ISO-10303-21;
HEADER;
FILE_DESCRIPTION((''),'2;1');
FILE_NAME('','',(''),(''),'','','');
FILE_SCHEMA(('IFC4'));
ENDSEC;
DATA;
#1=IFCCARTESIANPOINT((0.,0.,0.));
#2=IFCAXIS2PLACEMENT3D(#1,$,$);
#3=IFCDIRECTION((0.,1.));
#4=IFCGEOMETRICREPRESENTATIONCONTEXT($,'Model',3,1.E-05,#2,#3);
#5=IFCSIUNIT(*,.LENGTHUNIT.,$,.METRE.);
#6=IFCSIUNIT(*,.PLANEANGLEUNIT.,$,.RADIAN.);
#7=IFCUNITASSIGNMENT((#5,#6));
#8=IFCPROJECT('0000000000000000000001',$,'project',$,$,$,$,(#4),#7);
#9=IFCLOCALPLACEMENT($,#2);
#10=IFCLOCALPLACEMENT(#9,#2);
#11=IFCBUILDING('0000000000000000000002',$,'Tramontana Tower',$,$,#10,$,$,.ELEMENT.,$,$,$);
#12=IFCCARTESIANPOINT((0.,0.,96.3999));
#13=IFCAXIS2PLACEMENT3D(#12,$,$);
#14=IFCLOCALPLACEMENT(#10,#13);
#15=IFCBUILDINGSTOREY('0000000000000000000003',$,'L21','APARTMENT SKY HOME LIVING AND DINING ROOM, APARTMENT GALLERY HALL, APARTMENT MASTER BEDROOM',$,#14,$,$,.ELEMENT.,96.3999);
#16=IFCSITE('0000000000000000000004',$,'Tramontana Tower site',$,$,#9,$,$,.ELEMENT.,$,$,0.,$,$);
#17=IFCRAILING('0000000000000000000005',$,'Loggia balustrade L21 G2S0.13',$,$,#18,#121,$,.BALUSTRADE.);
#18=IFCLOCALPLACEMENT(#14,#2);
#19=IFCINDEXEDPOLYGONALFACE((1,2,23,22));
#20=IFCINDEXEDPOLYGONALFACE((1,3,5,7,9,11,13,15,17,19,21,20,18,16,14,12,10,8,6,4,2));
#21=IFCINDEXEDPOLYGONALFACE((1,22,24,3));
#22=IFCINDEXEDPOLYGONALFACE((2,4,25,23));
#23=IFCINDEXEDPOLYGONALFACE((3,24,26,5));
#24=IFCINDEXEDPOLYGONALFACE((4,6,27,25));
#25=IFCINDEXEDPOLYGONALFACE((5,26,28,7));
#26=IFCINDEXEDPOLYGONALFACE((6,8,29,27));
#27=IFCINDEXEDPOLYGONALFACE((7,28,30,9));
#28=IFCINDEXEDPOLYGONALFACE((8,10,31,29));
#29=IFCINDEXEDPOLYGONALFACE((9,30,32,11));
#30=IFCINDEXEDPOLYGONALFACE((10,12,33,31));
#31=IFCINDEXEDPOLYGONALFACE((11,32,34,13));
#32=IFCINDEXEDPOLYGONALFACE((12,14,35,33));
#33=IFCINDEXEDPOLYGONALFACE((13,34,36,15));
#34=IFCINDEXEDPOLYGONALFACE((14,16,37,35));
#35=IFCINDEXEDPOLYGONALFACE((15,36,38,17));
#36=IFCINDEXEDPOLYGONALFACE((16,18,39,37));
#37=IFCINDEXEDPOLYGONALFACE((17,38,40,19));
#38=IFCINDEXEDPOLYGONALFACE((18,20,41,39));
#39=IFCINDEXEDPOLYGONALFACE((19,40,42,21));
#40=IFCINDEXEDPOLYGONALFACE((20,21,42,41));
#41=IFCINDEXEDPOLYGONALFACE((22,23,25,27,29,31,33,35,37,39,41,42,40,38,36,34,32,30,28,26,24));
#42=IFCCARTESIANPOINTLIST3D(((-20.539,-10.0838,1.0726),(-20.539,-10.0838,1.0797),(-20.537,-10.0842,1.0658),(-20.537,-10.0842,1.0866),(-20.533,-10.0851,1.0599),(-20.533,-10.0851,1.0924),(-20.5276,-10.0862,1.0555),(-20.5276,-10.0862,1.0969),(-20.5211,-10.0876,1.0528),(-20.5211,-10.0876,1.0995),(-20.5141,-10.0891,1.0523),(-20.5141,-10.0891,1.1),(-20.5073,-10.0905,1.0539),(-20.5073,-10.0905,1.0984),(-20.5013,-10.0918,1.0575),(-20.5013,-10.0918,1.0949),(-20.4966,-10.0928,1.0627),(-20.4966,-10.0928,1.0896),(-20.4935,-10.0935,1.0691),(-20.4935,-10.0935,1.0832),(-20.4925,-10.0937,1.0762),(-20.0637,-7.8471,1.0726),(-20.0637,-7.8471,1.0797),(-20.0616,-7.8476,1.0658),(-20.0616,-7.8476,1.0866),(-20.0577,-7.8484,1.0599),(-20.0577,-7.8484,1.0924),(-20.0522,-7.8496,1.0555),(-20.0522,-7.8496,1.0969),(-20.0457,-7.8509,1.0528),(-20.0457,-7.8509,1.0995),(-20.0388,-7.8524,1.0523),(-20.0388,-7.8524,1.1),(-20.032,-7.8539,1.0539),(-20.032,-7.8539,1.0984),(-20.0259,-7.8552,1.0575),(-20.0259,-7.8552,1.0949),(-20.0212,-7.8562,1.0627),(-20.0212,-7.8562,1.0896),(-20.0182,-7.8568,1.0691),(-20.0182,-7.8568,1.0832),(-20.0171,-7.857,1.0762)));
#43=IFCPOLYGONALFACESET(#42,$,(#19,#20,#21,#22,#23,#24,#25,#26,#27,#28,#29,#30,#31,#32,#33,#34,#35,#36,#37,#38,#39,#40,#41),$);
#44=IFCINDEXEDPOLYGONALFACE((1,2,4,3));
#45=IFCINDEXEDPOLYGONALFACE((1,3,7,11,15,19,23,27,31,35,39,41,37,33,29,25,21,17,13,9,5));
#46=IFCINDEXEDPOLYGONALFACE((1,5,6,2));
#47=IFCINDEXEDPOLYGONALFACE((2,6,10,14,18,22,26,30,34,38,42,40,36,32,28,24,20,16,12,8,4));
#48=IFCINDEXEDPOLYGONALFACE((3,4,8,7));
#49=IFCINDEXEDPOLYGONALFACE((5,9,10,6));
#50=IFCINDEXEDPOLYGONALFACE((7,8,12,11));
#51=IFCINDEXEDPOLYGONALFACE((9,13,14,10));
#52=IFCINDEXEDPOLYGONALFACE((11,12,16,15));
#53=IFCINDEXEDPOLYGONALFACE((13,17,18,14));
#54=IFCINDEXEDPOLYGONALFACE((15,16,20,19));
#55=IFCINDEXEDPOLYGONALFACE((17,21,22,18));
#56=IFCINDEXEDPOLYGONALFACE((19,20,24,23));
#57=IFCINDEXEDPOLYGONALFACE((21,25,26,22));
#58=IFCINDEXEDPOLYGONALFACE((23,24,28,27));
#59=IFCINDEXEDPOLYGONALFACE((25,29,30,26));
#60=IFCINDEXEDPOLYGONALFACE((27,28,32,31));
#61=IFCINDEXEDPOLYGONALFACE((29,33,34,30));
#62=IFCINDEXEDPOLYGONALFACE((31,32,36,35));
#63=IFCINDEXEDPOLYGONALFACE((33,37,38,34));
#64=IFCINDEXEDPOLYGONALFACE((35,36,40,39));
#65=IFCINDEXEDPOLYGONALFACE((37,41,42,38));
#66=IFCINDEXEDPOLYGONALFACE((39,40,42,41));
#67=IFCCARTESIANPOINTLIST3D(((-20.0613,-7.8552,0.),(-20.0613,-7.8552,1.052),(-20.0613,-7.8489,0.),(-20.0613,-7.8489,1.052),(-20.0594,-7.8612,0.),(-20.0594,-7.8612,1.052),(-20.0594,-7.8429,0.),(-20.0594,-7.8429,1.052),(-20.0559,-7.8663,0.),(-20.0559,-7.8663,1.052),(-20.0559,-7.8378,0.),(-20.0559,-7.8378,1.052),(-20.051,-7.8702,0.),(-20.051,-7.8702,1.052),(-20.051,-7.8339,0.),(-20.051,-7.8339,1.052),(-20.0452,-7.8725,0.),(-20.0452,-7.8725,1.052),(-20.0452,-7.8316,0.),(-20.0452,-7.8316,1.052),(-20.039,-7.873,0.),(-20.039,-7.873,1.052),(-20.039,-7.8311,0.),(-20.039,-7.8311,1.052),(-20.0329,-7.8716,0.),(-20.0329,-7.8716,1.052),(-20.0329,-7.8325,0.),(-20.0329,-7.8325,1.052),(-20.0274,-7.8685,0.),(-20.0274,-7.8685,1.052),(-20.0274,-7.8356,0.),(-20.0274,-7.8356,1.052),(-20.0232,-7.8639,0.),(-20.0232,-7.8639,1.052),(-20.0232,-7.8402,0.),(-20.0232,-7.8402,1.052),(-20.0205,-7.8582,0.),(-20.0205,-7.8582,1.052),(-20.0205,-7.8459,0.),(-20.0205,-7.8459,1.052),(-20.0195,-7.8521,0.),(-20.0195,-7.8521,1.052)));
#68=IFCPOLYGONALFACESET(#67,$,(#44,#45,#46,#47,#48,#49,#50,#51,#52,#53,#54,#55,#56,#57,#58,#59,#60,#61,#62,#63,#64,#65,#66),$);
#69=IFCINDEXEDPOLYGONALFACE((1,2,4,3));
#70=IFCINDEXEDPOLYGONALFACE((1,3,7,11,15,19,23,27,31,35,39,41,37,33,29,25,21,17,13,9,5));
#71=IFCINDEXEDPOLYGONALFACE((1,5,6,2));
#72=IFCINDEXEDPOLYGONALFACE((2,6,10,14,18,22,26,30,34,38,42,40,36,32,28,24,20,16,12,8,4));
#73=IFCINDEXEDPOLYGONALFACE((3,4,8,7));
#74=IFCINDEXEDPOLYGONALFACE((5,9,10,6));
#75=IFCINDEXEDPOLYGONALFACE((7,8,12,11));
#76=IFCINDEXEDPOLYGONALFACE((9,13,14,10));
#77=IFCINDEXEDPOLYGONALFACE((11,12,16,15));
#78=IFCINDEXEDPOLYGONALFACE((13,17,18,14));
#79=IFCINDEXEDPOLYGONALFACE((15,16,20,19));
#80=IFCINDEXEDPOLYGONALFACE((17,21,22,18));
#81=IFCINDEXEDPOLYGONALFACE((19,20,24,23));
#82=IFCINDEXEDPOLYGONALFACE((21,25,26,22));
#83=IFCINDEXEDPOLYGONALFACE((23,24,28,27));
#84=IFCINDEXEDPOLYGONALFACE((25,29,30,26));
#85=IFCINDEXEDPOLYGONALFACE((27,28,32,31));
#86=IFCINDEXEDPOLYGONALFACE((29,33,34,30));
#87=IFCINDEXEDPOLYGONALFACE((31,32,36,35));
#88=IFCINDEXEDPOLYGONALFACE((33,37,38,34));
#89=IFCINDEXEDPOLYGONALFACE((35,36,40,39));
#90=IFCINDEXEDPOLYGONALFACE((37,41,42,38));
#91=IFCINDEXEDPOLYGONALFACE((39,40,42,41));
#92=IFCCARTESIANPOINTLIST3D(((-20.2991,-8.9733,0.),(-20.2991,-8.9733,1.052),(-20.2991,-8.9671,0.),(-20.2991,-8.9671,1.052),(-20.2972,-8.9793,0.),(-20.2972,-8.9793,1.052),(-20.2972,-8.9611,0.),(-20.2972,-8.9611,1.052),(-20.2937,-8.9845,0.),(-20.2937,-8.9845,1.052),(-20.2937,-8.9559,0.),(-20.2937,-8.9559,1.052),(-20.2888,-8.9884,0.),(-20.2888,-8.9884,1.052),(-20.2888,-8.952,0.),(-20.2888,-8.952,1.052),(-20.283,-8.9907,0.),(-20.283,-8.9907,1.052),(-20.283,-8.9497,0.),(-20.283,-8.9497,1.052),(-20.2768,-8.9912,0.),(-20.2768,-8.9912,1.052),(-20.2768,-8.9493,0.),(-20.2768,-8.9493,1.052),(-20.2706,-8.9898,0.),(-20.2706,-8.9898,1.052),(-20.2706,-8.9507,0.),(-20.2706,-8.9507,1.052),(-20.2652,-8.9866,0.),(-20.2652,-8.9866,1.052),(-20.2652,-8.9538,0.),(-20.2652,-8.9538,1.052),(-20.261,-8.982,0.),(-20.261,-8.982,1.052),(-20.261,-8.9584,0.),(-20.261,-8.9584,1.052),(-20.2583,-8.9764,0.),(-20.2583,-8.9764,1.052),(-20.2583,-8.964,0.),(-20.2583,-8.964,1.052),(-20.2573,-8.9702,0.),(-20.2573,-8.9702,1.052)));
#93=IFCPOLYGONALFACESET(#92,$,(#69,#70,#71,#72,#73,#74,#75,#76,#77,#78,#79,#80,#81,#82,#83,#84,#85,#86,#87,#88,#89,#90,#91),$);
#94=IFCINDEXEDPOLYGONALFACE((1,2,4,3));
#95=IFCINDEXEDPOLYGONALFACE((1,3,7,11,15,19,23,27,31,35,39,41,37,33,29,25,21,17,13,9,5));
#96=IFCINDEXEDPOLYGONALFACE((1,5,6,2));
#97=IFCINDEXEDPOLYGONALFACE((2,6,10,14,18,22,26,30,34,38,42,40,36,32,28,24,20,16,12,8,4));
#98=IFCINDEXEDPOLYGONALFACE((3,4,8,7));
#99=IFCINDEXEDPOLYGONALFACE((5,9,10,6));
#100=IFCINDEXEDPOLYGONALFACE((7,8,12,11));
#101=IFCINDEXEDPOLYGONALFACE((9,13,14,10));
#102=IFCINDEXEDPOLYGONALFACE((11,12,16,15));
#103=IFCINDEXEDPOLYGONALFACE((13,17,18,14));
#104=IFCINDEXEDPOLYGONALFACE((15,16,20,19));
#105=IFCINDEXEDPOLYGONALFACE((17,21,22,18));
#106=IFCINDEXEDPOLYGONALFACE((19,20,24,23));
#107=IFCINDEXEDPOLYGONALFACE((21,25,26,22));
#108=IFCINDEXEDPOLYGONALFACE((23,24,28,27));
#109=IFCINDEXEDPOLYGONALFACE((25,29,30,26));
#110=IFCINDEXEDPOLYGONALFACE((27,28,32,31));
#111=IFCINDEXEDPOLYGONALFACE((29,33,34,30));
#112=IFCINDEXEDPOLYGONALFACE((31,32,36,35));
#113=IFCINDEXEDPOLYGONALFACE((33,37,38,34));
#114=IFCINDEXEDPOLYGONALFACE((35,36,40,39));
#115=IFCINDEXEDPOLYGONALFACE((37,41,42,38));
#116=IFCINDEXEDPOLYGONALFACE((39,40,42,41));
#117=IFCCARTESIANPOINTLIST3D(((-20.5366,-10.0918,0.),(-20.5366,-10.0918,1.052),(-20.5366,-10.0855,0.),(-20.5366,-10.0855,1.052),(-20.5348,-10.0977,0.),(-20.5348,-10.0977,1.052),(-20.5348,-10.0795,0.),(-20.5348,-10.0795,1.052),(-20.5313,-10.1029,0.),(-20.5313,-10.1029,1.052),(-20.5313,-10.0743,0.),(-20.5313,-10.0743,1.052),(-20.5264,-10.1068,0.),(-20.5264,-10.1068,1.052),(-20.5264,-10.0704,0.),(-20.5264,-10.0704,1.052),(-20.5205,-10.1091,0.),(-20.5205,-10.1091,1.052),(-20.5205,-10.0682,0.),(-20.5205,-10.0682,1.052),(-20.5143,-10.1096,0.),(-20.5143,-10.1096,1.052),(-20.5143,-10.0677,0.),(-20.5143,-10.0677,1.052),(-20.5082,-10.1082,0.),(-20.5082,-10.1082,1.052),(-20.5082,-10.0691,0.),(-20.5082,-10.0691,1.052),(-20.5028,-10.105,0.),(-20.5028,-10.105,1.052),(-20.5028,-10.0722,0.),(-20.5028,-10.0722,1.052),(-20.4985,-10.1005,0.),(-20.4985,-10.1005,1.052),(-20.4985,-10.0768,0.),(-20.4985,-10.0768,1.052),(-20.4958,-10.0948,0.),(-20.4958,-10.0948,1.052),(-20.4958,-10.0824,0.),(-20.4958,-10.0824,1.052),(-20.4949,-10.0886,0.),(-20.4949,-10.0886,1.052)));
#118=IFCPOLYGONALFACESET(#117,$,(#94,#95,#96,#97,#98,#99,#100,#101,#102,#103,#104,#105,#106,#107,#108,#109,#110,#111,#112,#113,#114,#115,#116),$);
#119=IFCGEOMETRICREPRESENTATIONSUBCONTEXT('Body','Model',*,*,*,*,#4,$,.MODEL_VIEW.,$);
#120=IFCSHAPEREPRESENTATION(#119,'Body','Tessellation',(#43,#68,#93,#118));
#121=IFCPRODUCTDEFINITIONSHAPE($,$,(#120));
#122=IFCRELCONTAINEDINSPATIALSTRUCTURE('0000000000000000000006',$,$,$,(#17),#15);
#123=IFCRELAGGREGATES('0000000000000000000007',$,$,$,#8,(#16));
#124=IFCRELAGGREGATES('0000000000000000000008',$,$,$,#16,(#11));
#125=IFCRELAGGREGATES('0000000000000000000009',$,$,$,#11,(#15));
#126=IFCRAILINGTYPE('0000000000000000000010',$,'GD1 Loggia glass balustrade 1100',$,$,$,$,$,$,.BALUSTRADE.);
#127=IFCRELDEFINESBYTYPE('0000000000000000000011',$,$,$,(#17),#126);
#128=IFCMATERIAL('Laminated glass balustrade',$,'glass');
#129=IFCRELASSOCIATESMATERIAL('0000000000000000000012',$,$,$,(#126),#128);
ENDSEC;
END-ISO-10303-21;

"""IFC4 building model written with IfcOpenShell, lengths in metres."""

from ifc_helpers import new_model, si_unit, direction, frame, origin, origin_2d, place, context, subcontext, project, spatial, circle, extrude, material, type_object, element, save


model = new_model("IFC4")

# Units and contexts
model_context = context("Model", 3, precision=1e-05, world=origin(), true_north=direction((0.0, 1.0)))
body_context = subcontext(model_context, "Body", "Model", "MODEL_VIEW")
ifc_project = project(units=[si_unit("LENGTHUNIT", "METRE"), si_unit("PLANEANGLEUNIT", "RADIAN")], contexts=[model_context])

# Site, building, storey
site_placement = place(None, origin())
site = spatial("IfcSite", under=ifc_project, at=site_placement, Name="Tramontana Tower site", CompositionType="ELEMENT", RefElevation=0.0)
building_placement = place(site_placement, origin())
building = spatial("IfcBuilding", under=site, at=building_placement, Name="Tramontana Tower", CompositionType="ELEMENT")
storey_placement = place(building_placement, frame((0.0, 0.0, 96.3999)))
storey = spatial("IfcBuildingStorey", under=building, at=storey_placement, Name="L21", Description="APARTMENT SKY HOME LIVING AND DINING ROOM, APARTMENT GALLERY HALL, APARTMENT MASTER BEDROOM", CompositionType="ELEMENT", Elevation=96.3999)

# Railing
ifc_material_1 = material(Name="Laminated glass balustrade", Category="glass")
railing_type = type_object("IfcRailingType", Name="GD1 Loggia glass balustrade 1100", PredefinedType="BALUSTRADE", material=ifc_material_1)
railing_placement = place(storey_placement, frame((-20.0405, -7.8521, 0.0)))
element("IfcRailing", 1, at=railing_placement, inside=storey, type_object=railing_type, Name="Loggia balustrade L21 G2S0.13", PredefinedType="BALUSTRADE", context=body_context, shape_type="SweptSolid", body=[
    extrude(circle(Radius=0.0239, at=origin_2d()), frame((0.0, 0.0, 1.0762), z_axis=(-0.207888, -0.978153, 0.0), x_axis=(0.978153, -0.207888, 0.0)), (0.0, 0.0, 1.0), 2.2866),
    extrude(circle(Radius=0.021, at=origin_2d()), origin(), (0.0, 0.0, 1.0), 1.052),
    extrude(circle(Radius=0.021, at=origin_2d()), frame((-0.2378, -1.1182, 0.0)), (0.0, 0.0, 1.0), 1.052),
    extrude(circle(Radius=0.021, at=origin_2d()), frame((-0.4753, -2.2366, 0.0)), (0.0, 0.0, 1.0), 1.052),
])

save(model, "model.ifc")
